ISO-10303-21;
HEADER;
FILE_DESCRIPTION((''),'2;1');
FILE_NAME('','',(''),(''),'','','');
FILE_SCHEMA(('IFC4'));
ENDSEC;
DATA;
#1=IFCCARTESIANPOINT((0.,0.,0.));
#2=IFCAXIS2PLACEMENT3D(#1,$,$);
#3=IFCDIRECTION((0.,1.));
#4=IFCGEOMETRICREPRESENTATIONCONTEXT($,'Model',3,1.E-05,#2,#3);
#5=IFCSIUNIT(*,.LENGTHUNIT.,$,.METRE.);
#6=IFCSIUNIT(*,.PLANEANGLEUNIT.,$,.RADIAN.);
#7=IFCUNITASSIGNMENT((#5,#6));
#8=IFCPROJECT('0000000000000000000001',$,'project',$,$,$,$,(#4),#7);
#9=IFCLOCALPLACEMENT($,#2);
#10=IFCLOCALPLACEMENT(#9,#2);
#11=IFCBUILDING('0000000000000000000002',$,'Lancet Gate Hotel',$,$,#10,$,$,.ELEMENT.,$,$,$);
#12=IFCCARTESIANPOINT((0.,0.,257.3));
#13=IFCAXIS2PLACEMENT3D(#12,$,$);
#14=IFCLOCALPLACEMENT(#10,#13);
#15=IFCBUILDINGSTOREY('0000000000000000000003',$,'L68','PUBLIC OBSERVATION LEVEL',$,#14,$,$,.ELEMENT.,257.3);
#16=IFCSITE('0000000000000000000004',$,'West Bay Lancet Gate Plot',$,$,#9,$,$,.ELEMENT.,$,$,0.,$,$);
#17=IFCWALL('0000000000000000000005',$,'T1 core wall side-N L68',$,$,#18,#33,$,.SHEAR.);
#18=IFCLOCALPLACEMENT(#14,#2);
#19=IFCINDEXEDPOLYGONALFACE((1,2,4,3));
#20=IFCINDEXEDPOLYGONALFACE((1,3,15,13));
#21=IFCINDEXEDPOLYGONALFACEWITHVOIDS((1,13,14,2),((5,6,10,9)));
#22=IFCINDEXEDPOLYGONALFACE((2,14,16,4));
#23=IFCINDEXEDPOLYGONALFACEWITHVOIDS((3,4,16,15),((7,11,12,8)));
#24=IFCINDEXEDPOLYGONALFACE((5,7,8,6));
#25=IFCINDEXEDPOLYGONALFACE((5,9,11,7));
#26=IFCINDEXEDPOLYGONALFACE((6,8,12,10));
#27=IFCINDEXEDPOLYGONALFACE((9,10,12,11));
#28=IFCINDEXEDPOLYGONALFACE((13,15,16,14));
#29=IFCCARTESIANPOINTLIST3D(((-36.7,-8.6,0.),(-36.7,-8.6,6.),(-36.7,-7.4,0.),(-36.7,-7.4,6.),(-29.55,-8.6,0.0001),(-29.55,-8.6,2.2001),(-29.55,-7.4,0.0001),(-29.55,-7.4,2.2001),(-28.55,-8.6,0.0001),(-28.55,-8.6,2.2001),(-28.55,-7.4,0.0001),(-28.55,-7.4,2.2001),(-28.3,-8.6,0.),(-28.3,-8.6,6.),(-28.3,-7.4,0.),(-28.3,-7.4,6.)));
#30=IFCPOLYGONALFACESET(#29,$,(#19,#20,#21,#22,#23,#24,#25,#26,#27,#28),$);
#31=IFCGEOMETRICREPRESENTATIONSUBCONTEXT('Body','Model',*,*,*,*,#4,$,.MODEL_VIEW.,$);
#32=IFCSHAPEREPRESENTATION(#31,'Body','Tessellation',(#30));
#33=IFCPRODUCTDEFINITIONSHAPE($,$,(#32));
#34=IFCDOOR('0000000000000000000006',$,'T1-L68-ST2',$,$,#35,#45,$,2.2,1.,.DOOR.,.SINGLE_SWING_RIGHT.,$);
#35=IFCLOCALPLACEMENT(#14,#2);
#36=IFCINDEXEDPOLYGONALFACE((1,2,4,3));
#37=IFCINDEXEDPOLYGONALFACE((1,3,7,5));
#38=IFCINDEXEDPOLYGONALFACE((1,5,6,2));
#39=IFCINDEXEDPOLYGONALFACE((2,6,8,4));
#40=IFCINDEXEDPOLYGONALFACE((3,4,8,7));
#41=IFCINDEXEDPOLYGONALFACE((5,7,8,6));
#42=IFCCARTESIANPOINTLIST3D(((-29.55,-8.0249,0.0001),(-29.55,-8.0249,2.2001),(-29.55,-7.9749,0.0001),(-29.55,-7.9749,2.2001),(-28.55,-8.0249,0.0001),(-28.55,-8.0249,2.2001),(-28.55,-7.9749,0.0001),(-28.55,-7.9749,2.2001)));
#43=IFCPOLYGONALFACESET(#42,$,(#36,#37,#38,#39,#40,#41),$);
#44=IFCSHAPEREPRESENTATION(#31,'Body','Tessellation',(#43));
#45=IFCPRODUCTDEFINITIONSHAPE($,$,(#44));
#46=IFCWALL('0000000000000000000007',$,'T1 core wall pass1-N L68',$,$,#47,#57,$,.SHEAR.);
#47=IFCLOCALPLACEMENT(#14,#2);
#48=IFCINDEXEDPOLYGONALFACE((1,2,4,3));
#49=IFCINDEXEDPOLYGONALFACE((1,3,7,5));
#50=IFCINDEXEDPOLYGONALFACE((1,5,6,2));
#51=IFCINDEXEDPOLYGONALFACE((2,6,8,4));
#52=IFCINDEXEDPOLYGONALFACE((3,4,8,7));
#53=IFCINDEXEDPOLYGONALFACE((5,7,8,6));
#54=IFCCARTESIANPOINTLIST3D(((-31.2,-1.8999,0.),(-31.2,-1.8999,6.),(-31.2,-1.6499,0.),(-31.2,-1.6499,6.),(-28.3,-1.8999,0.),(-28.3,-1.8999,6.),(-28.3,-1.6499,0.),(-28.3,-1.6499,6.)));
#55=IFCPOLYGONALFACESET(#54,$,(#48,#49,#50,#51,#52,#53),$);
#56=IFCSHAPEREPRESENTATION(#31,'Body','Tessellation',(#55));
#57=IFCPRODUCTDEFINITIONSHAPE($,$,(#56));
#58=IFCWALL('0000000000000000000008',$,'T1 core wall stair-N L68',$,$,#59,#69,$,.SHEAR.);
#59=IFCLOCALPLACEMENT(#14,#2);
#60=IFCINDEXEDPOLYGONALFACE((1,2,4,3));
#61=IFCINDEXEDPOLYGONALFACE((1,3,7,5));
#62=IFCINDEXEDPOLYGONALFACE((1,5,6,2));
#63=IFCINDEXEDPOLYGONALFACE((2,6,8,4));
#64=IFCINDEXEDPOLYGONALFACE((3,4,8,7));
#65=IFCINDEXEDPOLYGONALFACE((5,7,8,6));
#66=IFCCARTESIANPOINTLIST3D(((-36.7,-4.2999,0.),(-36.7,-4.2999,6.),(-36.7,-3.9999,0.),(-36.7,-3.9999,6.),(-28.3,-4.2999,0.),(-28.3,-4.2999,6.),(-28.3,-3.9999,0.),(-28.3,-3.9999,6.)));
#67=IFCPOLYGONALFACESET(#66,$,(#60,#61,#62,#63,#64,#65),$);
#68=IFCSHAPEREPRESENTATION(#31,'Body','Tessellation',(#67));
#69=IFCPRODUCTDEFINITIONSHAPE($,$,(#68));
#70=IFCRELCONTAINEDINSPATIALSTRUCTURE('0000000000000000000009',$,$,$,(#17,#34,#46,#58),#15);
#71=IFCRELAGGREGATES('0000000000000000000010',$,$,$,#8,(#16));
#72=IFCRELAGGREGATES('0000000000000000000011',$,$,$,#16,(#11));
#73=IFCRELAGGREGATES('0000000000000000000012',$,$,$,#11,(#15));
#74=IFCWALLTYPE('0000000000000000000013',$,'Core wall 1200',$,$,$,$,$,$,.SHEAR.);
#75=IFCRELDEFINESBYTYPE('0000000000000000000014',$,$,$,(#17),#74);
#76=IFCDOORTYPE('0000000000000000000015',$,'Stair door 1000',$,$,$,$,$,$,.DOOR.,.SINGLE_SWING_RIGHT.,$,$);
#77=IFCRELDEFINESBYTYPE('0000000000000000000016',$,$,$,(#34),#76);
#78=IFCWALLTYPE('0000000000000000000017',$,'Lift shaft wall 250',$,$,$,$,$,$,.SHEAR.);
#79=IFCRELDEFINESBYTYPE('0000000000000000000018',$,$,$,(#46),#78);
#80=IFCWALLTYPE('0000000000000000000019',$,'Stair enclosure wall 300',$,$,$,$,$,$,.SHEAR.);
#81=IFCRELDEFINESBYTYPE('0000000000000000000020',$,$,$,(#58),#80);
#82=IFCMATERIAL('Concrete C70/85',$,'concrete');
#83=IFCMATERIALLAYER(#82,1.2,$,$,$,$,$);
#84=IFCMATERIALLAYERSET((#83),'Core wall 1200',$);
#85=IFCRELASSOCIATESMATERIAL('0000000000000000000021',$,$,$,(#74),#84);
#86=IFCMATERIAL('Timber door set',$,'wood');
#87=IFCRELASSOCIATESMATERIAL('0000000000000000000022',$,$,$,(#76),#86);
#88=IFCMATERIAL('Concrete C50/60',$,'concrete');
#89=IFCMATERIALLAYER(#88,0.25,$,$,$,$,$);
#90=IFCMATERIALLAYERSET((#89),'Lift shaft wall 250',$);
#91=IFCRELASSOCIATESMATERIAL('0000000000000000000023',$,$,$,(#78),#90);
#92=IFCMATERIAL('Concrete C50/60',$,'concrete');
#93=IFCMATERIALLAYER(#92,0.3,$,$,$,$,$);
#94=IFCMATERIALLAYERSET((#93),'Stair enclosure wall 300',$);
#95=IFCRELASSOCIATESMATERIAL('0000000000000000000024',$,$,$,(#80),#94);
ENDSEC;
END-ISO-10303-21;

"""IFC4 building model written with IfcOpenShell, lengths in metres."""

from ifc_helpers import new_model, si_unit, direction, frame, frame_2d, origin, place, context, subcontext, project, spatial, rectangle, extrude, material, layer, layer_set, type_object, element, fill, save


model = new_model("IFC4")

# Units and contexts
model_context = context("Model", 3, precision=1e-05, world=origin(), true_north=direction((0.0, 1.0)))
body_context = subcontext(model_context, "Body", "Model", "MODEL_VIEW")
ifc_project = project(units=[si_unit("LENGTHUNIT", "METRE"), si_unit("PLANEANGLEUNIT", "RADIAN")], contexts=[model_context])

# Site, building, storey
site_placement = place(None, origin())
site = spatial("IfcSite", under=ifc_project, at=site_placement, Name="West Bay Lancet Gate Plot", CompositionType="ELEMENT", RefElevation=0.0)
building_placement = place(site_placement, origin())
building = spatial("IfcBuilding", under=site, at=building_placement, Name="Lancet Gate Hotel", CompositionType="ELEMENT")
storey_placement = place(building_placement, frame((0.0, 0.0, 257.3)))
storey = spatial("IfcBuildingStorey", under=building, at=storey_placement, Name="L68", Description="PUBLIC OBSERVATION LEVEL", CompositionType="ELEMENT", Elevation=257.3)

# Wall, opening, door
ifc_material_1 = material(Name="Concrete C70/85", Category="concrete")
ifc_layer_1 = layer(ifc_material_1, 1.2)
ifc_layer_set_1 = layer_set([ifc_layer_1], Name="Core wall 1200")
wall_type_1 = type_object("IfcWallType", Name="Core wall 1200", PredefinedType="SHEAR", material=ifc_layer_set_1)
wall_1_placement = place(storey_placement, frame((-28.3, -8.0, 0.0), z_axis=(0.0, 0.0, 1.0), x_axis=(-1.0, 0.0, 0.0)))
wall_1 = element("IfcWall", 1, at=wall_1_placement, inside=storey, type_object=wall_type_1, Name="T1 core wall side-N L68", PredefinedType="SHEAR", context=body_context, shape_type="SweptSolid", body=[
    extrude(rectangle(XDim=8.3999, YDim=1.2, at=frame_2d((4.2, 0.0))), origin(), (0.0, 0.0, 1.0), 6.0),
])
opening_placement = place(wall_1_placement, frame((0.25, 0.0, 0.0)))
opening = element("IfcOpeningElement", 2, at=opening_placement, cuts=wall_1, PredefinedType="OPENING", context=body_context, shape_type="SweptSolid", body=[
    extrude(rectangle(XDim=1.0, YDim=2.2, at=frame_2d((0.5, 1.1001))), frame((0.0, 0.6099, 0.0), z_axis=(0.0, -1.0, 0.0), x_axis=(1.0, 0.0, 0.0)), (0.0, 0.0, 1.0), 1.22),
])
ifc_material_2 = material(Name="Timber door set", Category="wood")
door_type = type_object("IfcDoorType", Name="Stair door 1000", OperationType="SINGLE_SWING_RIGHT", PredefinedType="DOOR", material=ifc_material_2)
door_placement = place(opening_placement, origin())
door = element("IfcDoor", 3, at=door_placement, inside=storey, type_object=door_type, Name="T1-L68-ST2", OperationType="SINGLE_SWING_RIGHT", OverallHeight=2.2, OverallWidth=1.0, PredefinedType="DOOR", context=body_context, shape_type="SweptSolid", body=[
    extrude(rectangle(XDim=1.0, YDim=2.2, at=frame_2d((0.5, 1.1001))), frame((0.0, 0.0249, 0.0), z_axis=(0.0, -1.0, 0.0), x_axis=(1.0, 0.0, 0.0)), (0.0, 0.0, 1.0), 0.05),
])
fill(opening, door)

# Walls
ifc_material_3 = material(Name="Concrete C50/60", Category="concrete")
ifc_layer_2 = layer(ifc_material_3, 0.25)
ifc_layer_set_2 = layer_set([ifc_layer_2], Name="Lift shaft wall 250")
wall_type_2 = type_object("IfcWallType", Name="Lift shaft wall 250", PredefinedType="SHEAR", material=ifc_layer_set_2)
wall_2_placement = place(storey_placement, frame((-28.3, -1.7749, 0.0), z_axis=(0.0, 0.0, 1.0), x_axis=(-1.0, 0.0, 0.0)))
element("IfcWall", 4, at=wall_2_placement, inside=storey, type_object=wall_type_2, Name="T1 core wall pass1-N L68", PredefinedType="SHEAR", context=body_context, shape_type="SweptSolid", body=[
    extrude(rectangle(XDim=2.8999, YDim=0.25, at=frame_2d((1.45, 0.0))), origin(), (0.0, 0.0, 1.0), 6.0),
])
ifc_material_4 = material(Name="Concrete C50/60", Category="concrete")
ifc_layer_3 = layer(ifc_material_4, 0.3)
ifc_layer_set_3 = layer_set([ifc_layer_3], Name="Stair enclosure wall 300")
wall_type_3 = type_object("IfcWallType", Name="Stair enclosure wall 300", PredefinedType="SHEAR", material=ifc_layer_set_3)
wall_3_placement = place(storey_placement, frame((-28.3, -4.1499, 0.0), z_axis=(0.0, 0.0, 1.0), x_axis=(-1.0, 0.0, 0.0)))
element("IfcWall", 5, at=wall_3_placement, inside=storey, type_object=wall_type_3, Name="T1 core wall stair-N L68", PredefinedType="SHEAR", context=body_context, shape_type="SweptSolid", body=[
    extrude(rectangle(XDim=8.3999, YDim=0.3, at=frame_2d((4.2, 0.0))), origin(), (0.0, 0.0, 1.0), 6.0),
])

save(model, "model.ifc")
